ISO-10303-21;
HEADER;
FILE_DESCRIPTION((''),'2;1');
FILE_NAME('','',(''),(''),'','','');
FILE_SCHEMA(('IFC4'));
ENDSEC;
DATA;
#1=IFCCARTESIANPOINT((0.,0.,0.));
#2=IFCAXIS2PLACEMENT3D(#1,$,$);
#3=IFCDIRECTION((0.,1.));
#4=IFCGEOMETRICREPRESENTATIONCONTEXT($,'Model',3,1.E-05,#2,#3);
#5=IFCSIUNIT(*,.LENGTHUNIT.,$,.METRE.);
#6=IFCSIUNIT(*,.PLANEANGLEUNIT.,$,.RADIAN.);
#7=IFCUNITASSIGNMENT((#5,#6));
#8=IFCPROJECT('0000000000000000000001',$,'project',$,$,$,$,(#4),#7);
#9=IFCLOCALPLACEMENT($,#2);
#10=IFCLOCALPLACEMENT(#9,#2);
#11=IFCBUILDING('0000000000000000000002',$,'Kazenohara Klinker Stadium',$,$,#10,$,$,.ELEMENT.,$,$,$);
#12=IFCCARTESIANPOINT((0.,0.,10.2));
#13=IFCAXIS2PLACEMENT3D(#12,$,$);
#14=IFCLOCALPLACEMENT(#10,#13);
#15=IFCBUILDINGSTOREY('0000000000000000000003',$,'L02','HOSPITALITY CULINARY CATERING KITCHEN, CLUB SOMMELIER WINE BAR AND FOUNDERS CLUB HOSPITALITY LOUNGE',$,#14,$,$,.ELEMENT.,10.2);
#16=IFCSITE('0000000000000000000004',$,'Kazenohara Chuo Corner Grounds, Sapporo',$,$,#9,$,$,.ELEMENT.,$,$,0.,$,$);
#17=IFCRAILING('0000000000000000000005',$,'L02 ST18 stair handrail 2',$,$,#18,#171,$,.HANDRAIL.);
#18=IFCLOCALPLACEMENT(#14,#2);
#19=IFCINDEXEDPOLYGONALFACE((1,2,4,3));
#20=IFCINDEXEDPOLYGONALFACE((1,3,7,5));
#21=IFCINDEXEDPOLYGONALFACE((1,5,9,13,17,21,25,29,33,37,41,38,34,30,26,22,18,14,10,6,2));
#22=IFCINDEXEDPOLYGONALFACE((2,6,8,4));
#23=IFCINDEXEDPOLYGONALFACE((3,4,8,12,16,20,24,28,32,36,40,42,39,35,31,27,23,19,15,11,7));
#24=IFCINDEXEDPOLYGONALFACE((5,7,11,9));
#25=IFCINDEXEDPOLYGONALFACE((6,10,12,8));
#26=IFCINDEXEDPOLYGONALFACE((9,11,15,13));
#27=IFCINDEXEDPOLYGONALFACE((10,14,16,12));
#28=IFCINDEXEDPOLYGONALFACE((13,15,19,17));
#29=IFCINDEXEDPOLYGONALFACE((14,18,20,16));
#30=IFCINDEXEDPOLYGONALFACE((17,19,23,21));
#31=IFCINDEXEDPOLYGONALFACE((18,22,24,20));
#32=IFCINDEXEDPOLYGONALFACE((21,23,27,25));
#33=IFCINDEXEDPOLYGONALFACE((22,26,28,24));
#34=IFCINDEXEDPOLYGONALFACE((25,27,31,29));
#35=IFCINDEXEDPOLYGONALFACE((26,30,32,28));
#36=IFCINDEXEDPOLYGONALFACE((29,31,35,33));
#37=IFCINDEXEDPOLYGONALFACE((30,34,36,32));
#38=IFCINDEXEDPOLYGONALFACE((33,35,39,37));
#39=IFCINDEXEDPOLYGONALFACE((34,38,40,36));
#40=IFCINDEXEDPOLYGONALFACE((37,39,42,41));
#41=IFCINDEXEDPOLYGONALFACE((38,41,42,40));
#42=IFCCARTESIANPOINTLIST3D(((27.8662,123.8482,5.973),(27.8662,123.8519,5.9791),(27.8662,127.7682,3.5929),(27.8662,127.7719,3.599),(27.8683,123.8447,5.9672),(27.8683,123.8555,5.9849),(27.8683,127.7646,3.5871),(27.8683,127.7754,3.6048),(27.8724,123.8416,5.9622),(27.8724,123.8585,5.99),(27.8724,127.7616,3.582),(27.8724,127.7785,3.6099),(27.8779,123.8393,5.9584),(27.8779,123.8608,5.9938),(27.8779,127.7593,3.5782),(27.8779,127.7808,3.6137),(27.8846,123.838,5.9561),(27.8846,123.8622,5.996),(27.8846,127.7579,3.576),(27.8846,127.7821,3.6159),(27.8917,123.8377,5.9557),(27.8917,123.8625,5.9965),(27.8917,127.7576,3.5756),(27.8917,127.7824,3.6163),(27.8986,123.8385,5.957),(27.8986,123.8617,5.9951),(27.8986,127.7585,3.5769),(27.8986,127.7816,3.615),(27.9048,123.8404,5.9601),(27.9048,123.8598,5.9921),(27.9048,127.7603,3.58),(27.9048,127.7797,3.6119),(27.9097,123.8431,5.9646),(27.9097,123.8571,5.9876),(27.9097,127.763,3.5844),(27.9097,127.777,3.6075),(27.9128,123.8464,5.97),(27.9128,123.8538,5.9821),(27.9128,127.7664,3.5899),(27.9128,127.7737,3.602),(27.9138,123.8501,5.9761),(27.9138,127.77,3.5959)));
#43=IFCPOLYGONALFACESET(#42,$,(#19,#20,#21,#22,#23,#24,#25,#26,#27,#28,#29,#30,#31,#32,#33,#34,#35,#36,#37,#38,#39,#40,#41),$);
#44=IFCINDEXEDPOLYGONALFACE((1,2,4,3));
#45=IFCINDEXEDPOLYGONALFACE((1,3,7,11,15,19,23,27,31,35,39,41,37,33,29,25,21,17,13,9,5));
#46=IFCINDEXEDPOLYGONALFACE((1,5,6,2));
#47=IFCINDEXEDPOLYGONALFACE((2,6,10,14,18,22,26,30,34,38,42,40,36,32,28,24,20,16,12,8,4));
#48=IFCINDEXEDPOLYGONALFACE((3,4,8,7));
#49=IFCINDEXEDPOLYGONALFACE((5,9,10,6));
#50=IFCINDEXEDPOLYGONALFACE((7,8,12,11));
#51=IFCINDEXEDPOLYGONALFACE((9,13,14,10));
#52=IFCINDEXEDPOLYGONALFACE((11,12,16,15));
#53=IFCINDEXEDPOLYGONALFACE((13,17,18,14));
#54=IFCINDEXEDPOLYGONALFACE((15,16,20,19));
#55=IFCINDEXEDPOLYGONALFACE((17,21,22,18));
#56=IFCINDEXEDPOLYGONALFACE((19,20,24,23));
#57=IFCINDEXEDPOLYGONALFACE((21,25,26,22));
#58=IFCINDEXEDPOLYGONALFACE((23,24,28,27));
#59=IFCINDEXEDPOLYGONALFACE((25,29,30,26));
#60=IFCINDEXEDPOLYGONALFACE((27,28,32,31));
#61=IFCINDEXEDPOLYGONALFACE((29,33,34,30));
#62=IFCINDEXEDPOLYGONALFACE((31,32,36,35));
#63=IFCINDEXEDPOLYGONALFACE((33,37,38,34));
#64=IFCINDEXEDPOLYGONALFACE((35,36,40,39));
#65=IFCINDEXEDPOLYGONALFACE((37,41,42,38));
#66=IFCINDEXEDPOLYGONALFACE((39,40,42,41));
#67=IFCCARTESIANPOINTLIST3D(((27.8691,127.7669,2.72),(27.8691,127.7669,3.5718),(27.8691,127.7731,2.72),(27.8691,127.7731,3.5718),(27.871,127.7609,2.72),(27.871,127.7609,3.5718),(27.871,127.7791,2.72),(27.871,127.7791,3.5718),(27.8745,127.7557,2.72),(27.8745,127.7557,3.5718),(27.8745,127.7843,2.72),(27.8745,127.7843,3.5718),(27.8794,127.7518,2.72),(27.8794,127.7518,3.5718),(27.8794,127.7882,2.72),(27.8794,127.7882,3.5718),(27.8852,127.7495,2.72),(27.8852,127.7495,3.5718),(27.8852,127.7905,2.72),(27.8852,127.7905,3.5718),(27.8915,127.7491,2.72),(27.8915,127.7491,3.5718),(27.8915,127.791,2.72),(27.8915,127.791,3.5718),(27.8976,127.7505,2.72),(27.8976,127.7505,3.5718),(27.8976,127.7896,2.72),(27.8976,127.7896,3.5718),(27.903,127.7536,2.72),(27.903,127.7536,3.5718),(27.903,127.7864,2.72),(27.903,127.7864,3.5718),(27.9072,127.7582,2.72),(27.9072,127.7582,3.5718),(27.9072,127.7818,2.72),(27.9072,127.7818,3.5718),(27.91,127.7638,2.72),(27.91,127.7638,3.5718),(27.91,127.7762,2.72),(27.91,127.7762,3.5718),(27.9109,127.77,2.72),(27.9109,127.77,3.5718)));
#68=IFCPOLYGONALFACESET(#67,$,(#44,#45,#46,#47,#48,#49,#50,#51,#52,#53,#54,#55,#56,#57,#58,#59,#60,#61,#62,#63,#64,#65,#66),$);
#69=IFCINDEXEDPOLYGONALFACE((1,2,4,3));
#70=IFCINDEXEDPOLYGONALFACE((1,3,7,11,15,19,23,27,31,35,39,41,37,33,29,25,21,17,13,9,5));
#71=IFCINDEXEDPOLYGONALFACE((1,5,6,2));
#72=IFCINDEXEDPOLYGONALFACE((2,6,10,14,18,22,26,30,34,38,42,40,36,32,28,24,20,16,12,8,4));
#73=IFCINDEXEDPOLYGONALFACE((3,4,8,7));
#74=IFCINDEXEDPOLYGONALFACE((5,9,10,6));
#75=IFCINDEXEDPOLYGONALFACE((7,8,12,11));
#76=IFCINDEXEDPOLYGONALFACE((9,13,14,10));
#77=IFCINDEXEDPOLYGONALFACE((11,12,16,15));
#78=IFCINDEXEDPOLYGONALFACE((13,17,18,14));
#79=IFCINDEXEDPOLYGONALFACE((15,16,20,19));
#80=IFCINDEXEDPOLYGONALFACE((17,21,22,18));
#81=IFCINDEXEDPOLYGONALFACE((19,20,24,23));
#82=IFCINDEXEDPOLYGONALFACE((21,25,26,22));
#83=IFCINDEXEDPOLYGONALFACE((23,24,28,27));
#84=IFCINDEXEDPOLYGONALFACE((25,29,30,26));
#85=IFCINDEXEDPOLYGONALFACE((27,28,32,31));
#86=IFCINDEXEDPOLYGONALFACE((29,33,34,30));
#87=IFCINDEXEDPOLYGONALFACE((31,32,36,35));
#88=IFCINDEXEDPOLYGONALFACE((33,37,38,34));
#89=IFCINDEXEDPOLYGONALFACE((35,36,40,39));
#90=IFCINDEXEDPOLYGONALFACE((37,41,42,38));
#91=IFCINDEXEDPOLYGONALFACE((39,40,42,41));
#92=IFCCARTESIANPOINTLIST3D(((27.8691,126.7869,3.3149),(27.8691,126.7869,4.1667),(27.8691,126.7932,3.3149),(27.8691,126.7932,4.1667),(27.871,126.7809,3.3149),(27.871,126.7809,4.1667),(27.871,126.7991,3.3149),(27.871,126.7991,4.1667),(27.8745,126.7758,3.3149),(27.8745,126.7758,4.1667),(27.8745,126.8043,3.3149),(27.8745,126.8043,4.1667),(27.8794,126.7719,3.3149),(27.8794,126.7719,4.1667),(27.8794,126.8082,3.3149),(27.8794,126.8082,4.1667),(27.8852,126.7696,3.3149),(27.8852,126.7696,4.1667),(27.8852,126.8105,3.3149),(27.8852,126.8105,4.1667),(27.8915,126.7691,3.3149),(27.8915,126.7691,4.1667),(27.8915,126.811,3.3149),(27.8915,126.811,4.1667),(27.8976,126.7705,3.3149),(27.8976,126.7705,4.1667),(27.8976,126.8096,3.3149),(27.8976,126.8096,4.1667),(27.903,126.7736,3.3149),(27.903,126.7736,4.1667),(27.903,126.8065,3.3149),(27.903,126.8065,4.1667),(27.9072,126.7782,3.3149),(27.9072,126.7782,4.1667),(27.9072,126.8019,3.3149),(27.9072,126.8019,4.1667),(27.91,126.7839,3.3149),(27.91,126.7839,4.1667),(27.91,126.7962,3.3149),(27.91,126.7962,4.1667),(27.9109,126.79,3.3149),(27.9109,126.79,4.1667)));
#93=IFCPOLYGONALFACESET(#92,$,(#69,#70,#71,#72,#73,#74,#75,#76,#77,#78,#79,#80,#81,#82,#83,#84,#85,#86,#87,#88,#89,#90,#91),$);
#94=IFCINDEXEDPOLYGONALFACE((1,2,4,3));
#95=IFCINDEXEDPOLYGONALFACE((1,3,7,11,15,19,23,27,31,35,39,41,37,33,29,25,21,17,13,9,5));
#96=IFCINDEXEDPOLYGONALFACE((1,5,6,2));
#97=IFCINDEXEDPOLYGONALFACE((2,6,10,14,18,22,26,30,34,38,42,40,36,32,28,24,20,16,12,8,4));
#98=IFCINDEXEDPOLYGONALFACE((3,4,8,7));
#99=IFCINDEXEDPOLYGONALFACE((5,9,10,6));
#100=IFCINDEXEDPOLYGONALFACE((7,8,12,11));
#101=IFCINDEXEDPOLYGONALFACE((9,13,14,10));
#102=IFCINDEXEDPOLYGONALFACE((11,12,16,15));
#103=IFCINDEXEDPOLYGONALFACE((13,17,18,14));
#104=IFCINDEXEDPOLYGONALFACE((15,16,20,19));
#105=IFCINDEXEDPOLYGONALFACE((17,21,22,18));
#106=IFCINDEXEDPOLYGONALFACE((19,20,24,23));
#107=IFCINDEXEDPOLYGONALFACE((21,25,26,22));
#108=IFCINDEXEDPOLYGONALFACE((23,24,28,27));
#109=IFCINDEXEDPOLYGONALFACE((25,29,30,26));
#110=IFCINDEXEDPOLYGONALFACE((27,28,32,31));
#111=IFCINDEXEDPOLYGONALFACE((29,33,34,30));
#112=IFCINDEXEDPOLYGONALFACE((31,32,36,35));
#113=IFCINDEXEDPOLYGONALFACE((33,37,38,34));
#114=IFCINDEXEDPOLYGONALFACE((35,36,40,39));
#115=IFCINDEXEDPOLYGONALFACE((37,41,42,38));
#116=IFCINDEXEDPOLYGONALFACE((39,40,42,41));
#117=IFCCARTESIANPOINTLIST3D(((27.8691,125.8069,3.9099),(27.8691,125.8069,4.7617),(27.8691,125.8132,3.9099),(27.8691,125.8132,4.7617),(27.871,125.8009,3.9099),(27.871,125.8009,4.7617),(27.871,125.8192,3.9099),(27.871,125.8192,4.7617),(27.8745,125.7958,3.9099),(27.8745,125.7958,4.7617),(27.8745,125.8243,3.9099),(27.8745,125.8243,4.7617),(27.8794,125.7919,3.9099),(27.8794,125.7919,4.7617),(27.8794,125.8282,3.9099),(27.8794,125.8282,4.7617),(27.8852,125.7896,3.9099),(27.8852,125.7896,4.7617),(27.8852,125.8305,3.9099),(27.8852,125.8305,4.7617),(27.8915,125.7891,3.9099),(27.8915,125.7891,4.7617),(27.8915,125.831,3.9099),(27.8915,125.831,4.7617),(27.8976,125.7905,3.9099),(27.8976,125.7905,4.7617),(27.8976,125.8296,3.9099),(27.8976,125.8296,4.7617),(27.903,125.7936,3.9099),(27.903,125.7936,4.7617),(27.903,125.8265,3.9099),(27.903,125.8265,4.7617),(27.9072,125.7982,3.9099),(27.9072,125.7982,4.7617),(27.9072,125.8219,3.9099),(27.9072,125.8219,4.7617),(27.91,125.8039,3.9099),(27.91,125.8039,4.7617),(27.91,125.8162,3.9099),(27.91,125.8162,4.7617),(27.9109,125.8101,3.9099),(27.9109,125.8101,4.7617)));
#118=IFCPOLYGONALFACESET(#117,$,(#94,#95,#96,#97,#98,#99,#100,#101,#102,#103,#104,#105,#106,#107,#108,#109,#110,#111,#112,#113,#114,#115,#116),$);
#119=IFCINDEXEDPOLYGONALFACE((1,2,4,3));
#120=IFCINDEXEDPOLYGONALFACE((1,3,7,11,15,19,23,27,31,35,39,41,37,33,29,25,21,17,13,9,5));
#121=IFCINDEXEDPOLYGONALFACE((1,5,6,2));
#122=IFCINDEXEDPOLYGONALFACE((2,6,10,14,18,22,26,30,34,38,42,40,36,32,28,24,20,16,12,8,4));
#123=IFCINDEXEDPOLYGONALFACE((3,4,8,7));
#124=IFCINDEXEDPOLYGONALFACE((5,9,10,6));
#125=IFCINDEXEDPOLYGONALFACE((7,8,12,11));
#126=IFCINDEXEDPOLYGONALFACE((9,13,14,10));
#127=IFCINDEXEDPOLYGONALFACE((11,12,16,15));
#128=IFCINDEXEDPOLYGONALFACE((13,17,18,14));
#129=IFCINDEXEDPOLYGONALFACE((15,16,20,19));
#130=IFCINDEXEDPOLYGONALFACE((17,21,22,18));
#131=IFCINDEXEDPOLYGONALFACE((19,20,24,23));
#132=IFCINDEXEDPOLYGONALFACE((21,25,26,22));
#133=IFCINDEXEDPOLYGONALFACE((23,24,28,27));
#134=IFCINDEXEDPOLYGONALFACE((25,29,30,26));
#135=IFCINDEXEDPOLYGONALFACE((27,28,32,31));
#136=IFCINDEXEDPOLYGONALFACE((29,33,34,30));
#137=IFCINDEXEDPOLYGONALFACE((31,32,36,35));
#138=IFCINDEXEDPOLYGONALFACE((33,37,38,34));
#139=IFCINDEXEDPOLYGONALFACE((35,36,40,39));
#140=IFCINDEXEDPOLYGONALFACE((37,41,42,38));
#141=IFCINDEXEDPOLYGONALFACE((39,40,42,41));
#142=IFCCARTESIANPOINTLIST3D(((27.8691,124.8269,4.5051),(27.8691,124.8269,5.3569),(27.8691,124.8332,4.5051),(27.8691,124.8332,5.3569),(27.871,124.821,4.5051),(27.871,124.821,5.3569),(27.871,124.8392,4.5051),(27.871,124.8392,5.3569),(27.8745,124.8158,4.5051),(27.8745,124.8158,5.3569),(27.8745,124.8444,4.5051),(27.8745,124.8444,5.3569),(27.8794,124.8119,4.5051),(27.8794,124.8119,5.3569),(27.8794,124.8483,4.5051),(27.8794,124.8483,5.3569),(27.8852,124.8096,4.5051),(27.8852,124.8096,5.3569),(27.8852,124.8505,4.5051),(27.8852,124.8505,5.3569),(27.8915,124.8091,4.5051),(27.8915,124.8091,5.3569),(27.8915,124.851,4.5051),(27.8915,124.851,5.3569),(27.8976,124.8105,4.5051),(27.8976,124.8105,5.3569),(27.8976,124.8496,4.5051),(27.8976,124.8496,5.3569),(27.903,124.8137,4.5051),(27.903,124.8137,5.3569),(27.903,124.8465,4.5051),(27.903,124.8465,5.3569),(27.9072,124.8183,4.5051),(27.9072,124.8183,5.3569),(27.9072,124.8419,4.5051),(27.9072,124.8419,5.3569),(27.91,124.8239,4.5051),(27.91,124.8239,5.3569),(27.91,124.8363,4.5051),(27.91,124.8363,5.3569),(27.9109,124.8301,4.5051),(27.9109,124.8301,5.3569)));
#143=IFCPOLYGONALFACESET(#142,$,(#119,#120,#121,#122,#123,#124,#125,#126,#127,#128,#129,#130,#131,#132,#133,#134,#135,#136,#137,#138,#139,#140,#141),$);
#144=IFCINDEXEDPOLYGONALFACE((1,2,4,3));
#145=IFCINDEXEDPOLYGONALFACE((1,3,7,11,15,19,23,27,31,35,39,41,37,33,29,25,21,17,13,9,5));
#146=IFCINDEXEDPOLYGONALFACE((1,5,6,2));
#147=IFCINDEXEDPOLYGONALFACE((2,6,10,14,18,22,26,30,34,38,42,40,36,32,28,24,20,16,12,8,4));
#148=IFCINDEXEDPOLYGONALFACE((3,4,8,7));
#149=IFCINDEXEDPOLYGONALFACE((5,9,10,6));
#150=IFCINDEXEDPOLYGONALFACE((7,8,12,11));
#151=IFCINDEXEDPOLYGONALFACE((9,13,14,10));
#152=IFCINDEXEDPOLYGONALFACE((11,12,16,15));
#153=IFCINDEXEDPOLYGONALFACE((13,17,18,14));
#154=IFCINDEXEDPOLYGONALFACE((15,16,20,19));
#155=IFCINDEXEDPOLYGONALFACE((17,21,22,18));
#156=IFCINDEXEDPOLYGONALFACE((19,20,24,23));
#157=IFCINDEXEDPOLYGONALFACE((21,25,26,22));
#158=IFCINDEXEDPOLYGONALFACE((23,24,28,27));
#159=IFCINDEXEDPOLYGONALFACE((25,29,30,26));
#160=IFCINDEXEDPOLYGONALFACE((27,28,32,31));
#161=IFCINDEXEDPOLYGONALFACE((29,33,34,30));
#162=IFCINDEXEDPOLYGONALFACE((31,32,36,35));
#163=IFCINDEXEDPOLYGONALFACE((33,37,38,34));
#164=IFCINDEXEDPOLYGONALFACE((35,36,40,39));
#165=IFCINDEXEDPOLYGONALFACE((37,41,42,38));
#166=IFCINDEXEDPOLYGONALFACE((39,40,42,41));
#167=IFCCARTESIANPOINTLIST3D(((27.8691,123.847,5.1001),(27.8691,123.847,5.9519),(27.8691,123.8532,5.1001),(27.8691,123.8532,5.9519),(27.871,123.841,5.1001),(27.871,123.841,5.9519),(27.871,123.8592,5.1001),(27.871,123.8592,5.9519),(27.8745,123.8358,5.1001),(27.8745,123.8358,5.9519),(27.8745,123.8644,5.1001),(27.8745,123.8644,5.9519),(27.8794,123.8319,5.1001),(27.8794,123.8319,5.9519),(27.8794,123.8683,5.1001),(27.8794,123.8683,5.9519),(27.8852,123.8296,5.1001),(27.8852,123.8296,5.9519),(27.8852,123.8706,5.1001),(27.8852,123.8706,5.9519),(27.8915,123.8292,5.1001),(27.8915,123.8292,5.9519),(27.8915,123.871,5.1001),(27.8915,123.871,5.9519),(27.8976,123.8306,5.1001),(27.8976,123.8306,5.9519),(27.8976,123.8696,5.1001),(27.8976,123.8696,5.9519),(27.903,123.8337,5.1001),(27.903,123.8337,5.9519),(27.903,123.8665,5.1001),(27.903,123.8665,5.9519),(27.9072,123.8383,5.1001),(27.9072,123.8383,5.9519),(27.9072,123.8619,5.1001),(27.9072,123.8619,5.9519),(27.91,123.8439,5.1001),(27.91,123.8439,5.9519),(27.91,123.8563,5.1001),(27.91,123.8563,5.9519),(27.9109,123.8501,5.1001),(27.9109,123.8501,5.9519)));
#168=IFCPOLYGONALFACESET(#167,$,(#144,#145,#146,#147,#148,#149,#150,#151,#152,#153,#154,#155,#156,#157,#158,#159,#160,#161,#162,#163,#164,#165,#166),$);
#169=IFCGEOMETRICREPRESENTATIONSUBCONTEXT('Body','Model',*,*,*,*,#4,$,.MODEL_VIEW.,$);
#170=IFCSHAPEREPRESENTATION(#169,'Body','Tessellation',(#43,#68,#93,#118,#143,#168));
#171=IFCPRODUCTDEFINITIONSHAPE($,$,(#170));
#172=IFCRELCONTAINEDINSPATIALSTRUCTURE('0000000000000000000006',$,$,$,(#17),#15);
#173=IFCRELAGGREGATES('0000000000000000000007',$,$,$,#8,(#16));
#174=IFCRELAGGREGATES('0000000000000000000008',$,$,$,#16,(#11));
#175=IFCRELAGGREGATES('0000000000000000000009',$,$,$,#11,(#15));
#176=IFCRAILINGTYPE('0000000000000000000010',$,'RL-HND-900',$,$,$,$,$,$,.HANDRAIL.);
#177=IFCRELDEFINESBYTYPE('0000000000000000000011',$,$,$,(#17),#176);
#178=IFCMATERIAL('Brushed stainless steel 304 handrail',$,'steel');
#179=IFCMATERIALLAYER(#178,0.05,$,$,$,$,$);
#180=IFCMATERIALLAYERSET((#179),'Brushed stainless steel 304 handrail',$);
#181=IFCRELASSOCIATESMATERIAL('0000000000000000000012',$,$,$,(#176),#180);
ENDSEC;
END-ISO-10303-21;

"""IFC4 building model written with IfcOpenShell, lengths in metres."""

from ifc_helpers import new_model, si_unit, direction, frame, origin, origin_2d, place, context, subcontext, project, spatial, circle, extrude, material, layer, layer_set, type_object, element, save


model = new_model("IFC4")

# Units and contexts
model_context = context("Model", 3, precision=1e-05, world=origin(), true_north=direction((0.0, 1.0)))
body_context = subcontext(model_context, "Body", "Model", "MODEL_VIEW")
ifc_project = project(units=[si_unit("LENGTHUNIT", "METRE"), si_unit("PLANEANGLEUNIT", "RADIAN")], contexts=[model_context])

# Site, building, storey
site_placement = place(None, origin())
site = spatial("IfcSite", under=ifc_project, at=site_placement, Name="Kazenohara Chuo Corner Grounds, Sapporo", CompositionType="ELEMENT", RefElevation=0.0)
building_placement = place(site_placement, origin())
building = spatial("IfcBuilding", under=site, at=building_placement, Name="Kazenohara Klinker Stadium", CompositionType="ELEMENT")
storey_placement = place(building_placement, frame((0.0, 0.0, 10.2)))
storey = spatial("IfcBuildingStorey", under=building, at=storey_placement, Name="L02", Description="HOSPITALITY CULINARY CATERING KITCHEN, CLUB SOMMELIER WINE BAR AND FOUNDERS CLUB HOSPITALITY LOUNGE", CompositionType="ELEMENT", Elevation=10.2)

# Railing
ifc_material_1 = material(Name="Brushed stainless steel 304 handrail", Category="steel")
ifc_layer_1 = layer(ifc_material_1, 0.05)
ifc_layer_set_1 = layer_set([ifc_layer_1], Name="Brushed stainless steel 304 handrail")
railing_type_1 = type_object("IfcRailingType", Name="RL-HND-900", PredefinedType="HANDRAIL", material=ifc_layer_set_1)
railing_1_placement = place(storey_placement, frame((27.8899, 127.77, 2.72)))
element("IfcRailing", 1, at=railing_1_placement, inside=storey, type_object=railing_type_1, Name="L02 ST18 stair handrail 2", PredefinedType="HANDRAIL", context=body_context, shape_type="SweptSolid", body=[
    extrude(circle(Radius=0.0239, at=origin_2d()), frame((0.0, 0.0, 0.876), z_axis=(0.0, -0.854771, 0.519006), x_axis=(1.0, 0.0, 0.0)), (0.0, 0.0, 1.0), 4.5859),
    extrude(circle(Radius=0.021, at=origin_2d()), origin(), (0.0, 0.0, 1.0), 0.8518),
    extrude(circle(Radius=0.021, at=origin_2d()), frame((0.0, -0.98, 0.595)), (0.0, 0.0, 1.0), 0.8518),
    extrude(circle(Radius=0.021, at=origin_2d()), frame((0.0, -1.96, 1.1899)), (0.0, 0.0, 1.0), 0.8518),
    extrude(circle(Radius=0.021, at=origin_2d()), frame((0.0, -2.9399, 1.7852)), (0.0, 0.0, 1.0), 0.8518),
    extrude(circle(Radius=0.021, at=origin_2d()), frame((0.0, -3.9199, 2.3801)), (0.0, 0.0, 1.0), 0.8518),
])

save(model, "model.ifc")
